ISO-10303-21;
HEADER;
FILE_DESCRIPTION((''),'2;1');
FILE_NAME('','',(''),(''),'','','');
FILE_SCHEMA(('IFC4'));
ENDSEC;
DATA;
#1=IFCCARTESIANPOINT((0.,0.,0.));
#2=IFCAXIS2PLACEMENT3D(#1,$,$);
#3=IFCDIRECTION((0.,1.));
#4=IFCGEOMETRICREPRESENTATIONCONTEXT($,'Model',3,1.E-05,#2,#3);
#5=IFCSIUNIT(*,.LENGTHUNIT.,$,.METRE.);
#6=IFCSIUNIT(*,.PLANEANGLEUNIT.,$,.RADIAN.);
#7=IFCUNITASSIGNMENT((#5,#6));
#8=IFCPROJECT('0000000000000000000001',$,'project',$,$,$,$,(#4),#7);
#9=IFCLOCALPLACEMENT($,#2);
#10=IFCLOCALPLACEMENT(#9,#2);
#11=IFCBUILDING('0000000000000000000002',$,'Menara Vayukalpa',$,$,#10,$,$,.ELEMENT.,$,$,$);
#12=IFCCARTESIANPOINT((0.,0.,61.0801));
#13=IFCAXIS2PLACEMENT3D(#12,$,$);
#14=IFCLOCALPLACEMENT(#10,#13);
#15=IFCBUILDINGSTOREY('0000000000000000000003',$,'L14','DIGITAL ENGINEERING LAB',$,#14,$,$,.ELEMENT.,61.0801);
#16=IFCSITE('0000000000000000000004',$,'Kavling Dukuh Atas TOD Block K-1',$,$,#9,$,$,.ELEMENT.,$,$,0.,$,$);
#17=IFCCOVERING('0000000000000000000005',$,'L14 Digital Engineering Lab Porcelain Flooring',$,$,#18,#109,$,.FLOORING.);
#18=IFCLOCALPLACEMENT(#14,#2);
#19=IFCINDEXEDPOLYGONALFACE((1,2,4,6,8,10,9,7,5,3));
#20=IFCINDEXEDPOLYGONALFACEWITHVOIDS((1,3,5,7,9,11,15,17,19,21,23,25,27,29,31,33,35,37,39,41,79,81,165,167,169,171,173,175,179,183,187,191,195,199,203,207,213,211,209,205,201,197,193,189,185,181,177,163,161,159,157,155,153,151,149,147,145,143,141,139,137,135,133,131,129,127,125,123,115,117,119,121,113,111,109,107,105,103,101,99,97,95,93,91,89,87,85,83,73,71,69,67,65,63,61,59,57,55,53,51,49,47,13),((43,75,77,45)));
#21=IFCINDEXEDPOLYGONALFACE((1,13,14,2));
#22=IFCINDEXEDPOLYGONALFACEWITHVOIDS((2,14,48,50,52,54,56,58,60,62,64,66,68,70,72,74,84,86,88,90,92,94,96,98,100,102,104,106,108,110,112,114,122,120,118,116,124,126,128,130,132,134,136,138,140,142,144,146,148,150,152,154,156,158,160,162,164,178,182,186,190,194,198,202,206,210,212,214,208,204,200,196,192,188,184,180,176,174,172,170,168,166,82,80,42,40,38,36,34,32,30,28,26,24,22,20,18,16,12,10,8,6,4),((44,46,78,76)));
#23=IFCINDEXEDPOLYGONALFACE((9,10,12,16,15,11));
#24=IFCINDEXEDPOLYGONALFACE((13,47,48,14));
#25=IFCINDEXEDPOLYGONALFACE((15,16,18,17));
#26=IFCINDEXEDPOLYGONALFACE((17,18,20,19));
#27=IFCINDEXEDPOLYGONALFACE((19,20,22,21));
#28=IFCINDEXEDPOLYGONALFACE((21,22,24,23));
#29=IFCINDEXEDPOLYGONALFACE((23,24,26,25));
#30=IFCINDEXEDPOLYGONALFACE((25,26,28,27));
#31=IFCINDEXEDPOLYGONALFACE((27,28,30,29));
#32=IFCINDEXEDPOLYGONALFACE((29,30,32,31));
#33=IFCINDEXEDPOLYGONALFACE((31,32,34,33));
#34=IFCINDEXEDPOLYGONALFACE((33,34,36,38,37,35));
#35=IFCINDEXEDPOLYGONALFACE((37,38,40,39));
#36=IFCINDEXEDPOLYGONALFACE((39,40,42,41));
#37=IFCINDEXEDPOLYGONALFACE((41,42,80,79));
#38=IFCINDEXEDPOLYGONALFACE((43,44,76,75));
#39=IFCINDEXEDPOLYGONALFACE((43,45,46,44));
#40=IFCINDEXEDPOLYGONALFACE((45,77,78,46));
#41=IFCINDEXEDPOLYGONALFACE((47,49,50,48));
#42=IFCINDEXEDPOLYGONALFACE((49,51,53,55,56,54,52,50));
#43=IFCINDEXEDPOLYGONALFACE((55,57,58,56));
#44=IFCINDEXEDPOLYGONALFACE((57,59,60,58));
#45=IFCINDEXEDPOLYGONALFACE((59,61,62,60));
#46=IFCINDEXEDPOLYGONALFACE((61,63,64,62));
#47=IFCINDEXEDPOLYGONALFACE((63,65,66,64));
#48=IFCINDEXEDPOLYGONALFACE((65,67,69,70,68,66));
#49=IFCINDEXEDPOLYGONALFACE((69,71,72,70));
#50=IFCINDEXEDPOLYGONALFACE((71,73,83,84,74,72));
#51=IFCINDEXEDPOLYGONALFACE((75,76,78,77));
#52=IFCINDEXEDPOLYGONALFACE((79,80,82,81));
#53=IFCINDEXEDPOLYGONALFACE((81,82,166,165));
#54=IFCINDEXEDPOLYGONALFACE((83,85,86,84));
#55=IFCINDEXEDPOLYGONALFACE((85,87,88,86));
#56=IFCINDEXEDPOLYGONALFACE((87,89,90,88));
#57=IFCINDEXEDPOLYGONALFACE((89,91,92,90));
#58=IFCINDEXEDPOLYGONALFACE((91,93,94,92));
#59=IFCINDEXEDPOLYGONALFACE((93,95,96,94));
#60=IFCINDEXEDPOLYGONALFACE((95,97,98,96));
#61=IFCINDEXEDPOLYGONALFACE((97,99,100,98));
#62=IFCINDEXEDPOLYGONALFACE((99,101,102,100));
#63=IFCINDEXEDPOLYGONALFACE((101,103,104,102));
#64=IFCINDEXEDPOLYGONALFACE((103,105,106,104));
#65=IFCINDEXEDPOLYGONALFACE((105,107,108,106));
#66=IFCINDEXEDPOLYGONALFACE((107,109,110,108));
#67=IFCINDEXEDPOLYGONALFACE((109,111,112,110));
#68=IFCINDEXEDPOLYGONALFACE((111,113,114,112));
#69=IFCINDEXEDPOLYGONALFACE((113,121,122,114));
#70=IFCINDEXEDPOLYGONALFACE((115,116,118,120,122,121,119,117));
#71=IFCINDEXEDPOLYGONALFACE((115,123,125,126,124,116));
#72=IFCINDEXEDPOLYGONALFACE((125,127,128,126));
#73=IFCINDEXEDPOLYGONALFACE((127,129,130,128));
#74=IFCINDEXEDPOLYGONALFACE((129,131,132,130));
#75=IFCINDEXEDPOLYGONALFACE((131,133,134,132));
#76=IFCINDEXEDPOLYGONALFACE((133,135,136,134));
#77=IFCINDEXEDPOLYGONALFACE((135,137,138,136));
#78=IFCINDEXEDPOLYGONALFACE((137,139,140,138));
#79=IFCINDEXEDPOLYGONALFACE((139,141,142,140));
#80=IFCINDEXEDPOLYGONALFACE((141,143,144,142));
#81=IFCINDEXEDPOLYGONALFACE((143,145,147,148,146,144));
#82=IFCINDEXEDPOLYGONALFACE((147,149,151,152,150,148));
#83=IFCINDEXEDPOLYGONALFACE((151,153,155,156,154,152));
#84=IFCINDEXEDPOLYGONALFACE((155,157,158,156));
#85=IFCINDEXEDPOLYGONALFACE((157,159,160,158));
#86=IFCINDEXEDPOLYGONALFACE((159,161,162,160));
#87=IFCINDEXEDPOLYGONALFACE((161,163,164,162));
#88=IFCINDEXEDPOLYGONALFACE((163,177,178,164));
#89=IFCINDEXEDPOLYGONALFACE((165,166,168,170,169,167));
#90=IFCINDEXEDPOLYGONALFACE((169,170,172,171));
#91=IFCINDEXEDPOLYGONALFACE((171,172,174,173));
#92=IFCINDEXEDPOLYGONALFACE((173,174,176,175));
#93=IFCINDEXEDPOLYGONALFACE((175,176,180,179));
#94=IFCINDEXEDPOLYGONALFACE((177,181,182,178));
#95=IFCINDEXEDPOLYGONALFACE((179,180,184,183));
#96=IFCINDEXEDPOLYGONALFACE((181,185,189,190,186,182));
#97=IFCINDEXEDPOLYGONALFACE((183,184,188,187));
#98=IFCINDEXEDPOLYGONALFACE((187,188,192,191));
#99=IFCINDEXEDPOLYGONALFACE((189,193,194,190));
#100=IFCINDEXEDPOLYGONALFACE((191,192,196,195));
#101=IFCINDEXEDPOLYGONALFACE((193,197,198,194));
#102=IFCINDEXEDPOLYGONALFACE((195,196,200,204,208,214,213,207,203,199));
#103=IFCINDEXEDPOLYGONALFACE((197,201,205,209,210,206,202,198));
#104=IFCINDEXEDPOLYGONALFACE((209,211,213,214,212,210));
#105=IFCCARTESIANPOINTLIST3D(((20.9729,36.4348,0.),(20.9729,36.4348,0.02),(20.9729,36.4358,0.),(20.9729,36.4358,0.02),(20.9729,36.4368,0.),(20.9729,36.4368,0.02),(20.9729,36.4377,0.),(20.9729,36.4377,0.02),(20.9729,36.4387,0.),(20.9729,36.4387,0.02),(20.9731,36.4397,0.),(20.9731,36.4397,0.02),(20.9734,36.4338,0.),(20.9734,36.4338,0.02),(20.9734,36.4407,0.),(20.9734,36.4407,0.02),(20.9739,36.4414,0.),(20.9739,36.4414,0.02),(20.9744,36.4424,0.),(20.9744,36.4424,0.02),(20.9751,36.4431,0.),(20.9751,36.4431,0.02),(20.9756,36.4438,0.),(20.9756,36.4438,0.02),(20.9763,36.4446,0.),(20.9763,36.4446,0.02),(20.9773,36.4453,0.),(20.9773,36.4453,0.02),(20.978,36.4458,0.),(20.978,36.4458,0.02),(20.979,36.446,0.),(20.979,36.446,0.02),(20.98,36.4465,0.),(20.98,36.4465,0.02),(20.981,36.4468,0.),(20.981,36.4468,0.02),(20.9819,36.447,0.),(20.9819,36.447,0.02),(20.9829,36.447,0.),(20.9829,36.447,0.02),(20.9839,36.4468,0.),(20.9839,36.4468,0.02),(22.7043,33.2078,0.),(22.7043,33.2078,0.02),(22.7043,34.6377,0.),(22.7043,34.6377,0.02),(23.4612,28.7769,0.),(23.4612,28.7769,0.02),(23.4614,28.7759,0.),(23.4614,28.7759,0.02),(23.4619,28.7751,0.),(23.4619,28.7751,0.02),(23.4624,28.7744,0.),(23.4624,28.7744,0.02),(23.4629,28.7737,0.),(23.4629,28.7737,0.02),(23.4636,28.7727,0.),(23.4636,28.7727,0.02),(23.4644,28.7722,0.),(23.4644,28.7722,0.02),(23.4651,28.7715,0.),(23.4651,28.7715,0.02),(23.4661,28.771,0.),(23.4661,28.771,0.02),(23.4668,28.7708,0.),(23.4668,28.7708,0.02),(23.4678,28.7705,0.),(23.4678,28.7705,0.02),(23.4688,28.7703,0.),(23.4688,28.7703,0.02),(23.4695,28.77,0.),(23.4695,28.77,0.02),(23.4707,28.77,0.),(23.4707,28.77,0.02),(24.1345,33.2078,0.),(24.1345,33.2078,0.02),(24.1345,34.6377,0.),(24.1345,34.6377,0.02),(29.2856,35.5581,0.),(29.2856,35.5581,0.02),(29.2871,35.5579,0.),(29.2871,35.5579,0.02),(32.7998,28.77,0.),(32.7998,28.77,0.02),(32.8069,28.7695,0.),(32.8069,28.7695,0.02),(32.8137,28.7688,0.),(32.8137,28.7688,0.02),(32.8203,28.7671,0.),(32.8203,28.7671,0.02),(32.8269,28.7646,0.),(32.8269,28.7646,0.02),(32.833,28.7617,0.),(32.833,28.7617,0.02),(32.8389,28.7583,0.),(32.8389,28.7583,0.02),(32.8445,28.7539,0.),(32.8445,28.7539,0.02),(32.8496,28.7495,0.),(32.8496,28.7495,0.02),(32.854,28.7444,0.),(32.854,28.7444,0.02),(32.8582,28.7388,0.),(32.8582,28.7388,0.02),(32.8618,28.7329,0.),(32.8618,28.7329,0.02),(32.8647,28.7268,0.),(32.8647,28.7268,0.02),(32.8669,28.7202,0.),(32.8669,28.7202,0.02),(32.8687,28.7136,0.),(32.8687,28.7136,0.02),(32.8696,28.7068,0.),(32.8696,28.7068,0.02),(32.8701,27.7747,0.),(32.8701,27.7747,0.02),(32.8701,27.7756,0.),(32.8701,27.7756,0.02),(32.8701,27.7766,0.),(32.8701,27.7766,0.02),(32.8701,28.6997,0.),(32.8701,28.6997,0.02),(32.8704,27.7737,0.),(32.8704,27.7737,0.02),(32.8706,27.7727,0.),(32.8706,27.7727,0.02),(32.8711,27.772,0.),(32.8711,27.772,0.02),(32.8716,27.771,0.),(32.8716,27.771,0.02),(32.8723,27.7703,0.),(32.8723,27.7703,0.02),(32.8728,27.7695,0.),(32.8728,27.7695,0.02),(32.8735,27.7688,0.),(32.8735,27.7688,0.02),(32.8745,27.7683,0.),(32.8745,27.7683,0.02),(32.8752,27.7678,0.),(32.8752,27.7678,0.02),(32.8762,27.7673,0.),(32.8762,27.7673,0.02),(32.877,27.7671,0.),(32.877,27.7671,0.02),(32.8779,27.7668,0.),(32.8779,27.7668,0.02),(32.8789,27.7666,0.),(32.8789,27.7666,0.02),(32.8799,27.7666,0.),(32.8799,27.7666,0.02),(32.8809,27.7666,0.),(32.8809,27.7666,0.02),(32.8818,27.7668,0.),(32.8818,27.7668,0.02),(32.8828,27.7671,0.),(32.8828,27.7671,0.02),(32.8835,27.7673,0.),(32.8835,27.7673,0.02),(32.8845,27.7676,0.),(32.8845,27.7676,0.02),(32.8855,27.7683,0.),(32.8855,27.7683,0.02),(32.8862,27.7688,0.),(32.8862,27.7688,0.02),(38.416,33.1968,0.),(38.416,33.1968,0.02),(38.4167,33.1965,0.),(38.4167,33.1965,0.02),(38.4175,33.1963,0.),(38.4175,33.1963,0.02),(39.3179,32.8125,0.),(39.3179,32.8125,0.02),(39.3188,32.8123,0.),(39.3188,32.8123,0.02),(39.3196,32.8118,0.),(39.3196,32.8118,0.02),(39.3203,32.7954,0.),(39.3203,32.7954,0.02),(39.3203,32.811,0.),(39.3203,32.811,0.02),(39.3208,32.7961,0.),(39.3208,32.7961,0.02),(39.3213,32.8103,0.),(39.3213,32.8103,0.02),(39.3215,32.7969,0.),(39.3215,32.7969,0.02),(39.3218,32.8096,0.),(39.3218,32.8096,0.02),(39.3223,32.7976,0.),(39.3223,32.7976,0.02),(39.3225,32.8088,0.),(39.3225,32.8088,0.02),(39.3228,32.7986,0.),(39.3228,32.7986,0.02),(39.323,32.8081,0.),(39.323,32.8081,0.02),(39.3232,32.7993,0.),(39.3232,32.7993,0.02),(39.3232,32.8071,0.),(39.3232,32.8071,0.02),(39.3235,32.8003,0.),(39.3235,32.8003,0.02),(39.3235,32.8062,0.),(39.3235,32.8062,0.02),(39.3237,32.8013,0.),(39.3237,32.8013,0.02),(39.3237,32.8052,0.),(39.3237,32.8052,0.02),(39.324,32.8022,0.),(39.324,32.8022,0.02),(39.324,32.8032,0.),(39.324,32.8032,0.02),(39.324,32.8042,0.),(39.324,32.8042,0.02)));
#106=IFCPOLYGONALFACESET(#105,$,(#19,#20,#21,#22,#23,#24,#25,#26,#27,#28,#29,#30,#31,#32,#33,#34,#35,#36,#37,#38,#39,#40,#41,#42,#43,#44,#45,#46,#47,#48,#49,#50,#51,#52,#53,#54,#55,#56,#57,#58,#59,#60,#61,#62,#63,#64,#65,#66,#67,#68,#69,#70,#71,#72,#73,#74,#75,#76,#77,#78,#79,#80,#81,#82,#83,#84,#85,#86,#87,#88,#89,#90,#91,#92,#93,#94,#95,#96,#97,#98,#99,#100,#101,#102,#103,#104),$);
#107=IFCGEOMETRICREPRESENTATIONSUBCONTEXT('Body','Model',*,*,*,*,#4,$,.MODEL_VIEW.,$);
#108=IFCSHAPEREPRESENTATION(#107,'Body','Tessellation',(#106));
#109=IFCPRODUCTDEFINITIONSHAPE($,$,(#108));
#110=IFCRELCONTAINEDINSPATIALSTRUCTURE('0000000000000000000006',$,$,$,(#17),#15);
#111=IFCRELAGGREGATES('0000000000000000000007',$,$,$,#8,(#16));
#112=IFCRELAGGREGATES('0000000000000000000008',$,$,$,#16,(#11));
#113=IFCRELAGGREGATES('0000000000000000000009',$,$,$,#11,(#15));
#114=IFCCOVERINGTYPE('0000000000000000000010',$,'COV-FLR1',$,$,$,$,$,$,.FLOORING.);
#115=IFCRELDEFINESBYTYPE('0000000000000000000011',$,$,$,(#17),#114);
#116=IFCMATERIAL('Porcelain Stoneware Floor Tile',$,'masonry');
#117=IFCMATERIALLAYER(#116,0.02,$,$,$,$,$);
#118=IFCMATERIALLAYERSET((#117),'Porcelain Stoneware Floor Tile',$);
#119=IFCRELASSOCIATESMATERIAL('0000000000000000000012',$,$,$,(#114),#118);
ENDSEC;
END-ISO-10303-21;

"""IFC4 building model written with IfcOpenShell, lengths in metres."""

from ifc_helpers import new_model, si_unit, direction, frame, origin, place, context, subcontext, project, spatial, polyline, outline, extrude, material, layer, layer_set, type_object, element, save


model = new_model("IFC4")

# Units and contexts
model_context = context("Model", 3, precision=1e-05, world=origin(), true_north=direction((0.0, 1.0)))
body_context = subcontext(model_context, "Body", "Model", "MODEL_VIEW")
ifc_project = project(units=[si_unit("LENGTHUNIT", "METRE"), si_unit("PLANEANGLEUNIT", "RADIAN")], contexts=[model_context])

# Site, building, storey
site_placement = place(None, origin())
site = spatial("IfcSite", under=ifc_project, at=site_placement, Name="Kavling Dukuh Atas TOD Block K-1", CompositionType="ELEMENT", RefElevation=0.0)
building_placement = place(site_placement, origin())
building = spatial("IfcBuilding", under=site, at=building_placement, Name="Menara Vayukalpa", CompositionType="ELEMENT")
storey_placement = place(building_placement, frame((0.0, 0.0, 61.0801)))
storey = spatial("IfcBuildingStorey", under=building, at=storey_placement, Name="L14", Description="DIGITAL ENGINEERING LAB", CompositionType="ELEMENT", Elevation=61.0801)

# Covering
ifc_material_1 = material(Name="Porcelain Stoneware Floor Tile", Category="masonry")
ifc_layer_1 = layer(ifc_material_1, 0.02)
ifc_layer_set_1 = layer_set([ifc_layer_1], Name="Porcelain Stoneware Floor Tile")
covering_type_1 = type_object("IfcCoveringType", Name="COV-FLR1", PredefinedType="FLOORING", material=ifc_layer_set_1)
covering_1_placement = place(storey_placement, origin())
element("IfcCovering", 1, at=covering_1_placement, inside=storey, type_object=covering_type_1, Name="L14 Digital Engineering Lab Porcelain Flooring", PredefinedType="FLOORING", context=body_context, shape_type="SweptSolid", body=[
    extrude(outline(polyline([(38.416, 33.1968), (38.4167, 33.1965), (38.4175, 33.1963), (39.3179, 32.8125), (39.3188, 32.8123), (39.3196, 32.8118), (39.3203, 32.811), (39.3213, 32.8103), (39.3218, 32.8096), (39.3225, 32.8088), (39.323, 32.8081), (39.3232, 32.8071), (39.3235, 32.8062), (39.3237, 32.8052), (39.324, 32.8042), (39.324, 32.8032), (39.324, 32.8022), (39.3237, 32.8013), (39.3235, 32.8003), (39.3232, 32.7993), (39.3228, 32.7986), (39.3223, 32.7976), (39.3215, 32.7969), (39.3208, 32.7961), (39.3203, 32.7954), (32.8862, 27.7688), (32.8855, 27.7683), (32.8845, 27.7676), (32.8835, 27.7673), (32.8828, 27.7671), (32.8818, 27.7668), (32.8809, 27.7666), (32.8799, 27.7666), (32.8789, 27.7666), (32.8779, 27.7668), (32.877, 27.7671), (32.8762, 27.7673), (32.8752, 27.7678), (32.8745, 27.7683), (32.8735, 27.7688), (32.8728, 27.7695), (32.8723, 27.7703), (32.8716, 27.771), (32.8711, 27.772), (32.8706, 27.7727), (32.8704, 27.7737), (32.8701, 27.7747), (32.8701, 27.7756), (32.8701, 27.7766), (32.8701, 28.6997), (32.8696, 28.7068), (32.8687, 28.7136), (32.8669, 28.7202), (32.8647, 28.7268), (32.8618, 28.7329), (32.8582, 28.7388), (32.854, 28.7444), (32.8496, 28.7495), (32.8445, 28.7539), (32.8389, 28.7583), (32.833, 28.7617), (32.8269, 28.7646), (32.8203, 28.7671), (32.8137, 28.7688), (32.8069, 28.7695), (32.7998, 28.77), (23.4707, 28.77), (23.4695, 28.77), (23.4688, 28.7703), (23.4678, 28.7705), (23.4668, 28.7708), (23.4661, 28.771), (23.4651, 28.7715), (23.4644, 28.7722), (23.4636, 28.7727), (23.4629, 28.7737), (23.4624, 28.7744), (23.4619, 28.7751), (23.4614, 28.7759), (23.4612, 28.7769), (20.9734, 36.4338), (20.9729, 36.4348), (20.9729, 36.4358), (20.9729, 36.4368), (20.9729, 36.4377), (20.9729, 36.4387), (20.9731, 36.4397), (20.9734, 36.4407), (20.9739, 36.4414), (20.9744, 36.4424), (20.9751, 36.4431), (20.9756, 36.4438), (20.9763, 36.4446), (20.9773, 36.4453), (20.978, 36.4458), (20.979, 36.446), (20.98, 36.4465), (20.981, 36.4468), (20.9819, 36.447), (20.9829, 36.447), (20.9839, 36.4468), (29.2856, 35.5581), (29.2871, 35.5579), (38.416, 33.1968)]), holes=[polyline([(24.1345, 33.2078), (24.1345, 34.6377), (22.7043, 34.6377), (22.7043, 33.2078), (24.1345, 33.2078)])]), origin(), (0.0, 0.0, 1.0), 0.02),
])

save(model, "model.ifc")
